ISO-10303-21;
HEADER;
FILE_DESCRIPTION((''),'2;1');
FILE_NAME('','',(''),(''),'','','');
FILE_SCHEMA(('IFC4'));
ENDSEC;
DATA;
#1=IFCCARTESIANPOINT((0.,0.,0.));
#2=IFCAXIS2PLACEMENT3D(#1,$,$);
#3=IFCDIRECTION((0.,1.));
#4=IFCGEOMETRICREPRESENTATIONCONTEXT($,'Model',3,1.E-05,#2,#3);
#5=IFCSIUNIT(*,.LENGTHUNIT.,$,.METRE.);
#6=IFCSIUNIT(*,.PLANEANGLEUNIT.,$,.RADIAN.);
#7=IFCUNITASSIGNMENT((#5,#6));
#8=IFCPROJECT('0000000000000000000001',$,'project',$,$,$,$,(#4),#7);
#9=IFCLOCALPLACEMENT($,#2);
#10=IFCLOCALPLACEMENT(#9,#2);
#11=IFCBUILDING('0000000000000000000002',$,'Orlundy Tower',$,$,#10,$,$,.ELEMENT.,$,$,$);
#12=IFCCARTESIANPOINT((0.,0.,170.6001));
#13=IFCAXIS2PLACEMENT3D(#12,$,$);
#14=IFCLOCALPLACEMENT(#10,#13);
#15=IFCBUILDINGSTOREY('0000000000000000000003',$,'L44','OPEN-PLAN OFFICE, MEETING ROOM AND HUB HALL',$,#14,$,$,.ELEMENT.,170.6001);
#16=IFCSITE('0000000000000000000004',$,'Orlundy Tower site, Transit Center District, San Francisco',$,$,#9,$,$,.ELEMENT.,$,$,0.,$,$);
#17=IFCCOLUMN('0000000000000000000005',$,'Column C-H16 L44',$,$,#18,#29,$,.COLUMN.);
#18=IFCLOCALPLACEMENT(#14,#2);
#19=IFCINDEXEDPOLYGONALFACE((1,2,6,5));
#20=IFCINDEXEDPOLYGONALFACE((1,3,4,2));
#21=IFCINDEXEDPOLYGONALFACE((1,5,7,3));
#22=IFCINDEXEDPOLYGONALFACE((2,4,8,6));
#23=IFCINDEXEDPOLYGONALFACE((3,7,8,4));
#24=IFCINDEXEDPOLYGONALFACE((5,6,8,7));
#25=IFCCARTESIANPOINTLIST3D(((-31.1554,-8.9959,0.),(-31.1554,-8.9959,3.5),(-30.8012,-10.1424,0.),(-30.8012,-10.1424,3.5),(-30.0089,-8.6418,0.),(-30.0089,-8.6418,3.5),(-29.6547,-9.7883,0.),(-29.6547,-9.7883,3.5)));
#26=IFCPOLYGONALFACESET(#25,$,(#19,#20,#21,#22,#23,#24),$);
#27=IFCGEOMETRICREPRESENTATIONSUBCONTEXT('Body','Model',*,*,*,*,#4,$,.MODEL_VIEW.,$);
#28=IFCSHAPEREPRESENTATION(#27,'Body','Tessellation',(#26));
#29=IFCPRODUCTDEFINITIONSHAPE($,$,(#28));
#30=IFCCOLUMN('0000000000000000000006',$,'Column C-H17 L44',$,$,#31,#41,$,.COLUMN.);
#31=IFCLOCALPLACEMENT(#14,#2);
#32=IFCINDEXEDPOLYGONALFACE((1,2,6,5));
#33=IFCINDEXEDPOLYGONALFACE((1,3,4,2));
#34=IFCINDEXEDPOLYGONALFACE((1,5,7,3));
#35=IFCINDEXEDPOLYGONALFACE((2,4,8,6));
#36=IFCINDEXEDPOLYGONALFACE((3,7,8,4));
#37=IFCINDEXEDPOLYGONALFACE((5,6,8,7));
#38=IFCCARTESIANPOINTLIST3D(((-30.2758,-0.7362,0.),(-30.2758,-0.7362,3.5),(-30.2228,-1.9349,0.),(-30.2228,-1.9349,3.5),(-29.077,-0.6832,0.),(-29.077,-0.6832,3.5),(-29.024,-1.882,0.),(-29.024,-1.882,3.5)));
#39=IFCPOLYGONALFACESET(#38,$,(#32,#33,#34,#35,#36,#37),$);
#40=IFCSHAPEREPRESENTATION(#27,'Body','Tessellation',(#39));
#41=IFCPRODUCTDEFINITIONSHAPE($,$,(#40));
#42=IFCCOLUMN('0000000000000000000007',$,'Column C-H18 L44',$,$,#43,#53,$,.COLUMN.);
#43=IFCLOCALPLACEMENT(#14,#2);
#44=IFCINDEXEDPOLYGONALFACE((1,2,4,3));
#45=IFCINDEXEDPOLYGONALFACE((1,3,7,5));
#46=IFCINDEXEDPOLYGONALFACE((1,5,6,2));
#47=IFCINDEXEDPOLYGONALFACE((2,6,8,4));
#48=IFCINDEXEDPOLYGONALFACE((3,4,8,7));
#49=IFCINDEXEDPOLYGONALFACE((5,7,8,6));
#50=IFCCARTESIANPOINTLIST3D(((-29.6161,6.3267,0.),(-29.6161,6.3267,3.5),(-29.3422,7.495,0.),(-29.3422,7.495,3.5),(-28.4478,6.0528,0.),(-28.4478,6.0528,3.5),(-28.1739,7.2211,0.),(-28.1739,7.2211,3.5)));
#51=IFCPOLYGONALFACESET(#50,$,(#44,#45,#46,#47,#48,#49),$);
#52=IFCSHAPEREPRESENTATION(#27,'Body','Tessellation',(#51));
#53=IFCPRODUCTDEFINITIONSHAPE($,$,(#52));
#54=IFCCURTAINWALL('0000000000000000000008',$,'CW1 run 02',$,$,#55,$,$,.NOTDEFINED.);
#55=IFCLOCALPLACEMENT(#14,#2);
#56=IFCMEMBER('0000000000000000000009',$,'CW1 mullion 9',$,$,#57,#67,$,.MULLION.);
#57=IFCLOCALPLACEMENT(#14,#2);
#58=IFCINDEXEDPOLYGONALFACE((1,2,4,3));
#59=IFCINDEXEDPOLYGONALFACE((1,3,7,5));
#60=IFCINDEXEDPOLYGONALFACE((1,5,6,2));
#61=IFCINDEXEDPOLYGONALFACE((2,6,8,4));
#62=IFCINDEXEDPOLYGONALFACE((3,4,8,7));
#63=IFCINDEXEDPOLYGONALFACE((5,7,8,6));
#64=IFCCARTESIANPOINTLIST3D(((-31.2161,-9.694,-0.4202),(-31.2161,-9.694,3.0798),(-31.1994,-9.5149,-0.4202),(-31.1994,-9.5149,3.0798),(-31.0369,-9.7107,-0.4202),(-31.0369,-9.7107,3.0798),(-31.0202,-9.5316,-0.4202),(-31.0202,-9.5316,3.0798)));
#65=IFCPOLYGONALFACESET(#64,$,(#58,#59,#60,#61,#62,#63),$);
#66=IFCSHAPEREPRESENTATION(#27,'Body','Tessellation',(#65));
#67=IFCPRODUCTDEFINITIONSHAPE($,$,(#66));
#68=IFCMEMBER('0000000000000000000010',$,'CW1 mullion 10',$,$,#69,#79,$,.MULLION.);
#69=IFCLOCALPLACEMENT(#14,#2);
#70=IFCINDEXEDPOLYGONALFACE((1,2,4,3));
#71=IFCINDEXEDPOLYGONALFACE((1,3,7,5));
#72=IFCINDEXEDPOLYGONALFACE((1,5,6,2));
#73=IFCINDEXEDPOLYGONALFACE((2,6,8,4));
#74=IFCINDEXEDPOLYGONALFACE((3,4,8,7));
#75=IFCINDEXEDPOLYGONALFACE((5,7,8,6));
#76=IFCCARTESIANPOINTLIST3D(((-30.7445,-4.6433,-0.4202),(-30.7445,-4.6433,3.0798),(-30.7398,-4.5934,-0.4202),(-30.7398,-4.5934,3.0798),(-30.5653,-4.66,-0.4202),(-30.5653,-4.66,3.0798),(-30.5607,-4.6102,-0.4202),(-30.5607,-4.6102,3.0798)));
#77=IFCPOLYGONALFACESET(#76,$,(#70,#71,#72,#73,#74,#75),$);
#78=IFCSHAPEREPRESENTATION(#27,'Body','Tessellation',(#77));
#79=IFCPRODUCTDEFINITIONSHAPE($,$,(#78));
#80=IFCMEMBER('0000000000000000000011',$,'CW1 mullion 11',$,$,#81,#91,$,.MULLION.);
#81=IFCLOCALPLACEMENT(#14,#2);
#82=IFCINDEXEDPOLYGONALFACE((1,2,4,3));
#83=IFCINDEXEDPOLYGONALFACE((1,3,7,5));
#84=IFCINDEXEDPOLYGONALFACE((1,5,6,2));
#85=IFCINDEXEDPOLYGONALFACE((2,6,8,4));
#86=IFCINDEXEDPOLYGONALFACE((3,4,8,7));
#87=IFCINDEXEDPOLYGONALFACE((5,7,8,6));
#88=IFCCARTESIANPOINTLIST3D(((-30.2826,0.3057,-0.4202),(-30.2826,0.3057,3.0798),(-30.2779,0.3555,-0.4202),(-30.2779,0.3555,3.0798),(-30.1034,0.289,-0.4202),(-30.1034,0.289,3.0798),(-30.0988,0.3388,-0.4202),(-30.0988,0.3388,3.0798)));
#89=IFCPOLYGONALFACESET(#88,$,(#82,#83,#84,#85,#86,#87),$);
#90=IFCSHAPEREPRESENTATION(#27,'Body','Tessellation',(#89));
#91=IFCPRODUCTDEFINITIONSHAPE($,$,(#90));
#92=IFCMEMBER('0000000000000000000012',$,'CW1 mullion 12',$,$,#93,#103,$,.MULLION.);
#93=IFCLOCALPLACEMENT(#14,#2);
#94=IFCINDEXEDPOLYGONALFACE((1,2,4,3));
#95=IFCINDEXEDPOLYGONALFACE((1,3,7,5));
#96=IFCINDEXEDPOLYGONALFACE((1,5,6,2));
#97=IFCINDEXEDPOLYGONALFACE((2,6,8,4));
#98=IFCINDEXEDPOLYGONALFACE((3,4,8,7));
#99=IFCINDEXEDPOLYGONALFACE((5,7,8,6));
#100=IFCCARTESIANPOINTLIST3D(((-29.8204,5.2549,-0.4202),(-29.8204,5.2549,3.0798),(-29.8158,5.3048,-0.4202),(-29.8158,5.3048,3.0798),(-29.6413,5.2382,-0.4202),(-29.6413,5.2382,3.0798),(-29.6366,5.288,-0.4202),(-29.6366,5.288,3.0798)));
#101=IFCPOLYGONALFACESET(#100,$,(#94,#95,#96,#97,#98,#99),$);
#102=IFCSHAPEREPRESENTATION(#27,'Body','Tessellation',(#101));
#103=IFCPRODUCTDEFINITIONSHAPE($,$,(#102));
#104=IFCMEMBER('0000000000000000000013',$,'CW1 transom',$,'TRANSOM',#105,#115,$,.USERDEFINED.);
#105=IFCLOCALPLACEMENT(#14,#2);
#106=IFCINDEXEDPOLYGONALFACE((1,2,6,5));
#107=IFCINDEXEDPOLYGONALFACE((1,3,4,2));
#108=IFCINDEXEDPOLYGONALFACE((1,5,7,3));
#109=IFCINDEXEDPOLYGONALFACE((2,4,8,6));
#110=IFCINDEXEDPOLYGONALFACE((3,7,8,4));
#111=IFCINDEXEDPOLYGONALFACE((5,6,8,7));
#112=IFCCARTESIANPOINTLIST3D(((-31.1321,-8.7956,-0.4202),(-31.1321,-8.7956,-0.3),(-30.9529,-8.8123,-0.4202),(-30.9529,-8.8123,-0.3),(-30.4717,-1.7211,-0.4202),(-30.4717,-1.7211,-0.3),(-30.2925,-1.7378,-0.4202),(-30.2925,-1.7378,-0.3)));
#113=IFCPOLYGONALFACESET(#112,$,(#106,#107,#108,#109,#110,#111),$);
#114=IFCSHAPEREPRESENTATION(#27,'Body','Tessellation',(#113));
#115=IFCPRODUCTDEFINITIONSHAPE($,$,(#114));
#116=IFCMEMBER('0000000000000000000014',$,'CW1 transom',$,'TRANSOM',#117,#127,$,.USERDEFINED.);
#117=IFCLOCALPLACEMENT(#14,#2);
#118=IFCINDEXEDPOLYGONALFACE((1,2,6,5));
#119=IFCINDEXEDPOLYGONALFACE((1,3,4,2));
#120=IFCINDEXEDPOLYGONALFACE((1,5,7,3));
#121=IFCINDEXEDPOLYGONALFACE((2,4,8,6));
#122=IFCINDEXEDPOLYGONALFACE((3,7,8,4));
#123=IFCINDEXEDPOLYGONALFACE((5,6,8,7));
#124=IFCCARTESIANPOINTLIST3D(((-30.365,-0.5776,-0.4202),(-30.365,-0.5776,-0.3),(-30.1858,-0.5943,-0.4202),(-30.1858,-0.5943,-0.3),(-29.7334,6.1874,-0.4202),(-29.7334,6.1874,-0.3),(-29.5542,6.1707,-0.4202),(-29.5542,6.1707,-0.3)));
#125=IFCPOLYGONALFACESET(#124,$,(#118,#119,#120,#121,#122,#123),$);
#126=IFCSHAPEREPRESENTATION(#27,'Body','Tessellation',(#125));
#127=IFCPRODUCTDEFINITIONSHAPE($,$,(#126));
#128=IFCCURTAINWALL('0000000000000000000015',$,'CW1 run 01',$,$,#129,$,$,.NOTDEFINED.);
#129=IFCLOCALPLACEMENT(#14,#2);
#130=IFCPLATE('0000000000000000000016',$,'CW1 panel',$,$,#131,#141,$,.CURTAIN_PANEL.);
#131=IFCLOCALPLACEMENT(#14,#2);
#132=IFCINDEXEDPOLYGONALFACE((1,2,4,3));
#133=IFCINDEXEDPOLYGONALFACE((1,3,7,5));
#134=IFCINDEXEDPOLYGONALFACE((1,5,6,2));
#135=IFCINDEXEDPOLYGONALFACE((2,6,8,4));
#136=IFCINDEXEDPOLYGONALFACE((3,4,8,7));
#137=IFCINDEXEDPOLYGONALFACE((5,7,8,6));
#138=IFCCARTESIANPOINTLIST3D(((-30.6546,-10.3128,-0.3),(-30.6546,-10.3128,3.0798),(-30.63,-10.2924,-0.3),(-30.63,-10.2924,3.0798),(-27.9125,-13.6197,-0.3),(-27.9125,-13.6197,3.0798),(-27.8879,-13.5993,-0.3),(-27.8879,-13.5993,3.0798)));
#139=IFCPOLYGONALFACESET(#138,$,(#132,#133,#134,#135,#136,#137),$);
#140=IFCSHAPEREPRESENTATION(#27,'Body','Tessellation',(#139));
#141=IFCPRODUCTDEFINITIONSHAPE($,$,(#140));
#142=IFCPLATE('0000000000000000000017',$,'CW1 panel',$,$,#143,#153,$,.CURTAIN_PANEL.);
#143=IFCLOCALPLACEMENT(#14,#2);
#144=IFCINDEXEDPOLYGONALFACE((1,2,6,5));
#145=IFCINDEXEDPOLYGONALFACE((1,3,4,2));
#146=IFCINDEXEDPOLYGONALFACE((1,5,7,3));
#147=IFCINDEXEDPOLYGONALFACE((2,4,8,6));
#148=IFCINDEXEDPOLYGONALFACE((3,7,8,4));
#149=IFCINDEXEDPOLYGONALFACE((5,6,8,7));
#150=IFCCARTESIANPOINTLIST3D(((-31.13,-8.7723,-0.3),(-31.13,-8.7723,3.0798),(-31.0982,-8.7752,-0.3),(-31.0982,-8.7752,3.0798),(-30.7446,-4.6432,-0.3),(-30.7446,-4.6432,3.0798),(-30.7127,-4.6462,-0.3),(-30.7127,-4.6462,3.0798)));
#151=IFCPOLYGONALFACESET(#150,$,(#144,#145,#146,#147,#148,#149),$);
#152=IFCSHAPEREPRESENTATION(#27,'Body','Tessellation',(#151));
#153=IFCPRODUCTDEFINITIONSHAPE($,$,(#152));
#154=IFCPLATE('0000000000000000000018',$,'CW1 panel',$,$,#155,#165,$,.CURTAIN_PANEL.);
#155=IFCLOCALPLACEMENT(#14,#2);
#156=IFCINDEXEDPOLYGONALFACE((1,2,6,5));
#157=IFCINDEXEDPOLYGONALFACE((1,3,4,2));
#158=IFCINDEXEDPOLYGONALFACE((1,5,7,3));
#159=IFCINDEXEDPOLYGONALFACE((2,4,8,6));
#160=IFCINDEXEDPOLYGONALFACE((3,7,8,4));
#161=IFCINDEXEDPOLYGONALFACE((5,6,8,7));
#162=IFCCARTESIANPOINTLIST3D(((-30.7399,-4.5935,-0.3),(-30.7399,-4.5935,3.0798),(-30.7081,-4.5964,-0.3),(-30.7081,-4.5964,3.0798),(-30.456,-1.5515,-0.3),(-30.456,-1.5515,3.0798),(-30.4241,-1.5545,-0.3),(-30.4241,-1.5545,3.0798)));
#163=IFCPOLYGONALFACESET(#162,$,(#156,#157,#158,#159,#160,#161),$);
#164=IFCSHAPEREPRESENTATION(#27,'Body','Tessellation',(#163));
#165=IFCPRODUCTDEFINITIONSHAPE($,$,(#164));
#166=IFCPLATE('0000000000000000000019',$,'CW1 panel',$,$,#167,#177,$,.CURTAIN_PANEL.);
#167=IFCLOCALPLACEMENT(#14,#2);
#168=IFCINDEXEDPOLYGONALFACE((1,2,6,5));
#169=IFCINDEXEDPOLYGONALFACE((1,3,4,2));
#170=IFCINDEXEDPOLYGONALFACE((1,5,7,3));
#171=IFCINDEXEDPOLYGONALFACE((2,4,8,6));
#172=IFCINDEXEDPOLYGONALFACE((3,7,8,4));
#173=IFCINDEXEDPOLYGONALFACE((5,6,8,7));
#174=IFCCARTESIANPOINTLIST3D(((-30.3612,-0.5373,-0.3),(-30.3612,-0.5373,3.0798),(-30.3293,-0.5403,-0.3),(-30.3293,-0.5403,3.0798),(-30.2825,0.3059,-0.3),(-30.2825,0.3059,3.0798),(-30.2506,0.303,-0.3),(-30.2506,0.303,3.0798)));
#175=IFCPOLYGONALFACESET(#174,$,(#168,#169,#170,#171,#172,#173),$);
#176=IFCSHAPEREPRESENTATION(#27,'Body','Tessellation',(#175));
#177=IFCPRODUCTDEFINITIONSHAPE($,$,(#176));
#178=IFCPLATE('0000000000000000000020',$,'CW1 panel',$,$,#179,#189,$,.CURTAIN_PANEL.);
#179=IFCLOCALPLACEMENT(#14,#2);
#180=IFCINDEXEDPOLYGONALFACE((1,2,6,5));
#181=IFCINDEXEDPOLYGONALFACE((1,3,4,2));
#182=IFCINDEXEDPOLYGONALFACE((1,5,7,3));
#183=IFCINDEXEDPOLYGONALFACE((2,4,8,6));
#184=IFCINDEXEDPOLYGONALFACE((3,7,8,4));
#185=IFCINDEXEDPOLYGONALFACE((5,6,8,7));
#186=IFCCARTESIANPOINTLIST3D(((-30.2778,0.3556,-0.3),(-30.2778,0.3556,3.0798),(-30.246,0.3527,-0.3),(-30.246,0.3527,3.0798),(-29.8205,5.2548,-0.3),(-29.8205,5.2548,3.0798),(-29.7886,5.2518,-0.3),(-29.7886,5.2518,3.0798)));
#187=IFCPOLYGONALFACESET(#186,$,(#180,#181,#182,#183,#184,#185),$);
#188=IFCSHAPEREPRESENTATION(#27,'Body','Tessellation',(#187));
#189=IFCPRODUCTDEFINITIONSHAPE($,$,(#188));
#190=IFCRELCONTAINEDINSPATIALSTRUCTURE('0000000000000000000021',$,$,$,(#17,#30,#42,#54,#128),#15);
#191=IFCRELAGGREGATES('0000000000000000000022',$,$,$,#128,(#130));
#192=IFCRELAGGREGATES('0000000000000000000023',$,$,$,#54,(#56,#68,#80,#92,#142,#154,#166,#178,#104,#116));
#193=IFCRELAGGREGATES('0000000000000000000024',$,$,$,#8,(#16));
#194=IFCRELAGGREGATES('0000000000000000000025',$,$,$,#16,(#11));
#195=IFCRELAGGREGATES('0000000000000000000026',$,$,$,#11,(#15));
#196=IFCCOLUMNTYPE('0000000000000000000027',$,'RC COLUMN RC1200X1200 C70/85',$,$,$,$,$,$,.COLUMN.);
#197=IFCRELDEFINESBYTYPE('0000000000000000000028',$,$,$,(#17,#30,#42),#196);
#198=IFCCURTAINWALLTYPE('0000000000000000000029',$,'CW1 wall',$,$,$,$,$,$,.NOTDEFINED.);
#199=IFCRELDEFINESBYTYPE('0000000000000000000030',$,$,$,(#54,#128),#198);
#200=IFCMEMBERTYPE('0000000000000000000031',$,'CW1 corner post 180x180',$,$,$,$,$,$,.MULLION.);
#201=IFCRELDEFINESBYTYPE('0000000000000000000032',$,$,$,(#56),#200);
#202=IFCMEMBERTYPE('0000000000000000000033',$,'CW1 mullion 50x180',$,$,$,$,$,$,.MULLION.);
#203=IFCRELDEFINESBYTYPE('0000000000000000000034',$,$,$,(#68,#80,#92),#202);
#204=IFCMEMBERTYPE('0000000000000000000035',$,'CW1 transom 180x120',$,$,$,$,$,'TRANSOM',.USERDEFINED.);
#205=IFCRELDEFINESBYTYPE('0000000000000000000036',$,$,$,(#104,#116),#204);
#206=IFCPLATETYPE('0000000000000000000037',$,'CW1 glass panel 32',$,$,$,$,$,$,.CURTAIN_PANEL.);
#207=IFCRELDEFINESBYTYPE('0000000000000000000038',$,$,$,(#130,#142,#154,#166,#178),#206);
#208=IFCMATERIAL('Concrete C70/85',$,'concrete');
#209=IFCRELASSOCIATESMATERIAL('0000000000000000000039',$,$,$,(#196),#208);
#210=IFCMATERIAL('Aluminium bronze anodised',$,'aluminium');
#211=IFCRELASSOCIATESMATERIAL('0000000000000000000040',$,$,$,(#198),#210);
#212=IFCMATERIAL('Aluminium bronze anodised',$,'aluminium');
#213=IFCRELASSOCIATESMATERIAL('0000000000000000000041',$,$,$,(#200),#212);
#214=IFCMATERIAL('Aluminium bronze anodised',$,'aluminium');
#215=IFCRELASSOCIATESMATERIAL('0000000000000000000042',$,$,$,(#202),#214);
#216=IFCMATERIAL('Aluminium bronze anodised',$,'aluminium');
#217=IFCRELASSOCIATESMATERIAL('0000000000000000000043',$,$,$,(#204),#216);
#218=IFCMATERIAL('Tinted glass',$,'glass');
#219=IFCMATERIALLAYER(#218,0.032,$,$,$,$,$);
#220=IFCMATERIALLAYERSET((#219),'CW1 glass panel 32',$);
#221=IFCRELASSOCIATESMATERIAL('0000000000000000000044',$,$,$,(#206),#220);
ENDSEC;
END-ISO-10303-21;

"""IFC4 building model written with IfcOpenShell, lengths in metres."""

from ifc_helpers import new_model, si_unit, direction, frame, origin, origin_2d, place, context, subcontext, project, spatial, rectangle, extrude, material, layer, layer_set, material_profile, profile_set, type_object, element, aggregate, save


model = new_model("IFC4")

# Units and contexts
model_context = context("Model", 3, precision=1e-05, world=origin(), true_north=direction((0.0, 1.0)))
body_context = subcontext(model_context, "Body", "Model", "MODEL_VIEW")
ifc_project = project(units=[si_unit("LENGTHUNIT", "METRE"), si_unit("PLANEANGLEUNIT", "RADIAN")], contexts=[model_context])

# Site, building, storey
site_placement = place(None, origin())
site = spatial("IfcSite", under=ifc_project, at=site_placement, Name="Orlundy Tower site, Transit Center District, San Francisco", CompositionType="ELEMENT", RefElevation=0.0)
building_placement = place(site_placement, origin())
building = spatial("IfcBuilding", under=site, at=building_placement, Name="Orlundy Tower", CompositionType="ELEMENT")
storey_placement = place(building_placement, frame((0.0, 0.0, 170.6001)))
storey = spatial("IfcBuildingStorey", under=building, at=storey_placement, Name="L44", Description="OPEN-PLAN OFFICE, MEETING ROOM AND HUB HALL", CompositionType="ELEMENT", Elevation=170.6001)

# Columns
ifc_material_1 = material(Name="Concrete C70/85", Category="concrete")
ifc_material_profile_1 = material_profile(ifc_material_1, rectangle(XDim=1.2, YDim=1.2, at=origin_2d()), Name="RC1200X1200")
ifc_profile_set_1 = profile_set([ifc_material_profile_1], Name="Concrete C70/85")
column_type = type_object("IfcColumnType", Name="RC COLUMN RC1200X1200 C70/85", PredefinedType="COLUMN", material=ifc_profile_set_1)
for number, where, z_axis, x_axis, name in (
    (1, (-30.405, -9.3921, 0.0), (0.0, 0.0, 1.0), (-0.955454, -0.295141, 0.0), "Column C-H16 L44"),
    (2, (-29.6499, -1.3091, 0.0), (0.0, 0.0, 1.0), (-0.999027, -0.044108, 0.0), "Column C-H17 L44"),
    (3, (-28.895, 6.7739, 0.0), (0.0, 0.0, 1.0), (-0.973603, 0.228249, 0.0), "Column C-H18 L44"),
):
    element("IfcColumn", number, at=place(storey_placement, frame(where, z_axis=z_axis, x_axis=x_axis)), inside=storey, type_object=column_type, Name=name, PredefinedType="COLUMN", context=body_context, shape_type="SweptSolid", body=[
        extrude(rectangle(XDim=1.2, YDim=1.2, at=origin_2d()), origin(), (0.0, 0.0, 1.0), 3.5),
    ])

# Curtain wall, members
ifc_material_2 = material(Name="Aluminium bronze anodised", Category="aluminium")
curtain_wall_type = type_object("IfcCurtainWallType", Name="CW1 wall", PredefinedType="NOTDEFINED", material=ifc_material_2)
curtain_wall_1_placement = place(storey_placement, origin())
curtain_wall_1 = element("IfcCurtainWall", 4, at=curtain_wall_1_placement, inside=storey, type_object=curtain_wall_type, Name="CW1 run 02", PredefinedType="NOTDEFINED")
ifc_material_3 = material(Name="Aluminium bronze anodised", Category="aluminium")
ifc_material_profile_2 = material_profile(ifc_material_3, rectangle(XDim=0.1799, YDim=0.1799, at=origin_2d()), Name="CW1 corner post 180x180")
ifc_profile_set_2 = profile_set([ifc_material_profile_2], Name="Aluminium bronze anodised")
member_type_1 = type_object("IfcMemberType", Name="CW1 corner post 180x180", PredefinedType="MULLION", material=ifc_profile_set_2)
member_1_placement = place(storey_placement, frame((-31.1182, -9.6128, -0.4202), z_axis=(0.0, 0.0, 1.0), x_axis=(-0.995671, 0.092948, 0.0)))
member_1 = element("IfcMember", 5, at=member_1_placement, type_object=member_type_1, Name="CW1 mullion 9", PredefinedType="MULLION", context=body_context, shape_type="SweptSolid", body=[
    extrude(rectangle(XDim=0.1799, YDim=0.1799, at=origin_2d()), origin(), (0.0, 0.0, 1.0), 3.5),
])
ifc_material_4 = material(Name="Aluminium bronze anodised", Category="aluminium")
ifc_material_profile_3 = material_profile(ifc_material_4, rectangle(XDim=0.1799, YDim=0.05, at=origin_2d()), Name="CW1 mullion 50x180")
ifc_profile_set_3 = profile_set([ifc_material_profile_3], Name="Aluminium bronze anodised")
member_type_2 = type_object("IfcMemberType", Name="CW1 mullion 50x180", PredefinedType="MULLION", material=ifc_profile_set_3)
member_2_placement = place(storey_placement, frame((-30.6526, -4.6267, -0.4202), z_axis=(0.0, 0.0, 1.0), x_axis=(-0.995671, 0.092948, 0.0)))
member_2 = element("IfcMember", 6, at=member_2_placement, type_object=member_type_2, Name="CW1 mullion 10", PredefinedType="MULLION", context=body_context, shape_type="SweptSolid", body=[
    extrude(rectangle(XDim=0.1799, YDim=0.05, at=origin_2d()), origin(), (0.0, 0.0, 1.0), 3.5),
])
member_3_placement = place(storey_placement, frame((-30.1907, 0.3223, -0.4202), z_axis=(0.0, 0.0, 1.0), x_axis=(-0.995671, 0.092948, 0.0)))
member_3 = element("IfcMember", 7, at=member_3_placement, type_object=member_type_2, Name="CW1 mullion 11", PredefinedType="MULLION", context=body_context, shape_type="SweptSolid", body=[
    extrude(rectangle(XDim=0.1799, YDim=0.05, at=origin_2d()), origin(), (0.0, 0.0, 1.0), 3.5),
])
member_4_placement = place(storey_placement, frame((-29.7285, 5.2715, -0.4202), z_axis=(0.0, 0.0, 1.0), x_axis=(-0.995671, 0.092948, 0.0)))
member_4 = element("IfcMember", 8, at=member_4_placement, type_object=member_type_2, Name="CW1 mullion 12", PredefinedType="MULLION", context=body_context, shape_type="SweptSolid", body=[
    extrude(rectangle(XDim=0.1799, YDim=0.05, at=origin_2d()), origin(), (0.0, 0.0, 1.0), 3.5),
])
ifc_material_5 = material(Name="Aluminium bronze anodised", Category="aluminium")
ifc_material_profile_4 = material_profile(ifc_material_5, rectangle(XDim=0.1799, YDim=0.1201, at=origin_2d()), Name="CW1 transom 180x120")
ifc_profile_set_4 = profile_set([ifc_material_profile_4], Name="Aluminium bronze anodised")
member_type_3 = type_object("IfcMemberType", Name="CW1 transom 180x120", ElementType="TRANSOM", PredefinedType="USERDEFINED", material=ifc_profile_set_4)
member_5_placement = place(storey_placement, frame((-31.0425, -8.804, -0.3601), z_axis=(0.092946, 0.995671, 0.0), x_axis=(-0.995671, 0.092946, 0.0)))
member_5 = element("IfcMember", 9, at=member_5_placement, type_object=member_type_3, Name="CW1 transom", ObjectType="TRANSOM", PredefinedType="USERDEFINED", context=body_context, shape_type="SweptSolid", body=[
    extrude(rectangle(XDim=0.1799, YDim=0.1201, at=origin_2d()), origin(), (0.0, 0.0, 1.0), 7.1052),
])
member_6_placement = place(storey_placement, frame((-30.2754, -0.5859, -0.3601), z_axis=(0.092956, 0.99567, 0.0), x_axis=(-0.99567, 0.092956, 0.0)))
member_6 = element("IfcMember", 10, at=member_6_placement, type_object=member_type_3, Name="CW1 transom", ObjectType="TRANSOM", PredefinedType="USERDEFINED", context=body_context, shape_type="SweptSolid", body=[
    extrude(rectangle(XDim=0.1799, YDim=0.1201, at=origin_2d()), origin(), (0.0, 0.0, 1.0), 6.7944),
])

# Curtain wall, plate
curtain_wall_2_placement = place(storey_placement, origin())
curtain_wall_2 = element("IfcCurtainWall", 11, at=curtain_wall_2_placement, inside=storey, type_object=curtain_wall_type, Name="CW1 run 01", PredefinedType="NOTDEFINED")
ifc_material_6 = material(Name="Tinted glass", Category="glass")
ifc_layer_1 = layer(ifc_material_6, 0.032)
ifc_layer_set_1 = layer_set([ifc_layer_1], Name="CW1 glass panel 32")
plate_type = type_object("IfcPlateType", Name="CW1 glass panel 32", PredefinedType="CURTAIN_PANEL", material=ifc_layer_set_1)
plate_1_placement = place(storey_placement, frame((-29.2712, -11.9561, -0.3), z_axis=(0.0, 0.0, 1.0), x_axis=(-0.638299, 0.769788, 0.0)))
plate_1 = element("IfcPlate", 12, at=plate_1_placement, type_object=plate_type, Name="CW1 panel", PredefinedType="CURTAIN_PANEL", context=body_context, shape_type="SweptSolid", body=[
    extrude(rectangle(XDim=4.2959, YDim=0.032, at=origin_2d()), origin(), (0.0, 0.0, 1.0), 3.3799),
])
aggregate(curtain_wall_2, [plate_1])

# Plates
plate_2_placement = place(storey_placement, frame((-30.9214, -6.7092, -0.3), z_axis=(0.0, 0.0, 1.0), x_axis=(0.092948, 0.995671, 0.0)))
plate_2 = element("IfcPlate", 13, at=plate_2_placement, type_object=plate_type, Name="CW1 panel", PredefinedType="CURTAIN_PANEL", context=body_context, shape_type="SweptSolid", body=[
    extrude(rectangle(XDim=4.147, YDim=0.032, at=origin_2d()), origin(), (0.0, 0.0, 1.0), 3.3799),
])
plate_3_placement = place(storey_placement, frame((-30.582, -3.074, -0.3), z_axis=(0.0, 0.0, 1.0), x_axis=(0.092948, 0.995671, 0.0)))
plate_3 = element("IfcPlate", 14, at=plate_3_placement, type_object=plate_type, Name="CW1 panel", PredefinedType="CURTAIN_PANEL", context=body_context, shape_type="SweptSolid", body=[
    extrude(rectangle(XDim=3.0552, YDim=0.032, at=origin_2d()), origin(), (0.0, 0.0, 1.0), 3.3799),
])
plate_4_placement = place(storey_placement, frame((-30.3059, -0.1172, -0.3), z_axis=(0.0, 0.0, 1.0), x_axis=(0.092948, 0.995671, 0.0)))
plate_4 = element("IfcPlate", 15, at=plate_4_placement, type_object=plate_type, Name="CW1 panel", PredefinedType="CURTAIN_PANEL", context=body_context, shape_type="SweptSolid", body=[
    extrude(rectangle(XDim=0.8469, YDim=0.032, at=origin_2d()), origin(), (0.0, 0.0, 1.0), 3.3799),
])
plate_5_placement = place(storey_placement, frame((-30.0332, 2.8037, -0.3), z_axis=(0.0, 0.0, 1.0), x_axis=(0.092948, 0.995671, 0.0)))
plate_5 = element("IfcPlate", 16, at=plate_5_placement, type_object=plate_type, Name="CW1 panel", PredefinedType="CURTAIN_PANEL", context=body_context, shape_type="SweptSolid", body=[
    extrude(rectangle(XDim=4.9204, YDim=0.032, at=origin_2d()), origin(), (0.0, 0.0, 1.0), 3.3799),
])
aggregate(curtain_wall_1, [member_1, member_2, member_3, member_4, plate_2, plate_3, plate_4, plate_5, member_5, member_6])

save(model, "model.ifc")
